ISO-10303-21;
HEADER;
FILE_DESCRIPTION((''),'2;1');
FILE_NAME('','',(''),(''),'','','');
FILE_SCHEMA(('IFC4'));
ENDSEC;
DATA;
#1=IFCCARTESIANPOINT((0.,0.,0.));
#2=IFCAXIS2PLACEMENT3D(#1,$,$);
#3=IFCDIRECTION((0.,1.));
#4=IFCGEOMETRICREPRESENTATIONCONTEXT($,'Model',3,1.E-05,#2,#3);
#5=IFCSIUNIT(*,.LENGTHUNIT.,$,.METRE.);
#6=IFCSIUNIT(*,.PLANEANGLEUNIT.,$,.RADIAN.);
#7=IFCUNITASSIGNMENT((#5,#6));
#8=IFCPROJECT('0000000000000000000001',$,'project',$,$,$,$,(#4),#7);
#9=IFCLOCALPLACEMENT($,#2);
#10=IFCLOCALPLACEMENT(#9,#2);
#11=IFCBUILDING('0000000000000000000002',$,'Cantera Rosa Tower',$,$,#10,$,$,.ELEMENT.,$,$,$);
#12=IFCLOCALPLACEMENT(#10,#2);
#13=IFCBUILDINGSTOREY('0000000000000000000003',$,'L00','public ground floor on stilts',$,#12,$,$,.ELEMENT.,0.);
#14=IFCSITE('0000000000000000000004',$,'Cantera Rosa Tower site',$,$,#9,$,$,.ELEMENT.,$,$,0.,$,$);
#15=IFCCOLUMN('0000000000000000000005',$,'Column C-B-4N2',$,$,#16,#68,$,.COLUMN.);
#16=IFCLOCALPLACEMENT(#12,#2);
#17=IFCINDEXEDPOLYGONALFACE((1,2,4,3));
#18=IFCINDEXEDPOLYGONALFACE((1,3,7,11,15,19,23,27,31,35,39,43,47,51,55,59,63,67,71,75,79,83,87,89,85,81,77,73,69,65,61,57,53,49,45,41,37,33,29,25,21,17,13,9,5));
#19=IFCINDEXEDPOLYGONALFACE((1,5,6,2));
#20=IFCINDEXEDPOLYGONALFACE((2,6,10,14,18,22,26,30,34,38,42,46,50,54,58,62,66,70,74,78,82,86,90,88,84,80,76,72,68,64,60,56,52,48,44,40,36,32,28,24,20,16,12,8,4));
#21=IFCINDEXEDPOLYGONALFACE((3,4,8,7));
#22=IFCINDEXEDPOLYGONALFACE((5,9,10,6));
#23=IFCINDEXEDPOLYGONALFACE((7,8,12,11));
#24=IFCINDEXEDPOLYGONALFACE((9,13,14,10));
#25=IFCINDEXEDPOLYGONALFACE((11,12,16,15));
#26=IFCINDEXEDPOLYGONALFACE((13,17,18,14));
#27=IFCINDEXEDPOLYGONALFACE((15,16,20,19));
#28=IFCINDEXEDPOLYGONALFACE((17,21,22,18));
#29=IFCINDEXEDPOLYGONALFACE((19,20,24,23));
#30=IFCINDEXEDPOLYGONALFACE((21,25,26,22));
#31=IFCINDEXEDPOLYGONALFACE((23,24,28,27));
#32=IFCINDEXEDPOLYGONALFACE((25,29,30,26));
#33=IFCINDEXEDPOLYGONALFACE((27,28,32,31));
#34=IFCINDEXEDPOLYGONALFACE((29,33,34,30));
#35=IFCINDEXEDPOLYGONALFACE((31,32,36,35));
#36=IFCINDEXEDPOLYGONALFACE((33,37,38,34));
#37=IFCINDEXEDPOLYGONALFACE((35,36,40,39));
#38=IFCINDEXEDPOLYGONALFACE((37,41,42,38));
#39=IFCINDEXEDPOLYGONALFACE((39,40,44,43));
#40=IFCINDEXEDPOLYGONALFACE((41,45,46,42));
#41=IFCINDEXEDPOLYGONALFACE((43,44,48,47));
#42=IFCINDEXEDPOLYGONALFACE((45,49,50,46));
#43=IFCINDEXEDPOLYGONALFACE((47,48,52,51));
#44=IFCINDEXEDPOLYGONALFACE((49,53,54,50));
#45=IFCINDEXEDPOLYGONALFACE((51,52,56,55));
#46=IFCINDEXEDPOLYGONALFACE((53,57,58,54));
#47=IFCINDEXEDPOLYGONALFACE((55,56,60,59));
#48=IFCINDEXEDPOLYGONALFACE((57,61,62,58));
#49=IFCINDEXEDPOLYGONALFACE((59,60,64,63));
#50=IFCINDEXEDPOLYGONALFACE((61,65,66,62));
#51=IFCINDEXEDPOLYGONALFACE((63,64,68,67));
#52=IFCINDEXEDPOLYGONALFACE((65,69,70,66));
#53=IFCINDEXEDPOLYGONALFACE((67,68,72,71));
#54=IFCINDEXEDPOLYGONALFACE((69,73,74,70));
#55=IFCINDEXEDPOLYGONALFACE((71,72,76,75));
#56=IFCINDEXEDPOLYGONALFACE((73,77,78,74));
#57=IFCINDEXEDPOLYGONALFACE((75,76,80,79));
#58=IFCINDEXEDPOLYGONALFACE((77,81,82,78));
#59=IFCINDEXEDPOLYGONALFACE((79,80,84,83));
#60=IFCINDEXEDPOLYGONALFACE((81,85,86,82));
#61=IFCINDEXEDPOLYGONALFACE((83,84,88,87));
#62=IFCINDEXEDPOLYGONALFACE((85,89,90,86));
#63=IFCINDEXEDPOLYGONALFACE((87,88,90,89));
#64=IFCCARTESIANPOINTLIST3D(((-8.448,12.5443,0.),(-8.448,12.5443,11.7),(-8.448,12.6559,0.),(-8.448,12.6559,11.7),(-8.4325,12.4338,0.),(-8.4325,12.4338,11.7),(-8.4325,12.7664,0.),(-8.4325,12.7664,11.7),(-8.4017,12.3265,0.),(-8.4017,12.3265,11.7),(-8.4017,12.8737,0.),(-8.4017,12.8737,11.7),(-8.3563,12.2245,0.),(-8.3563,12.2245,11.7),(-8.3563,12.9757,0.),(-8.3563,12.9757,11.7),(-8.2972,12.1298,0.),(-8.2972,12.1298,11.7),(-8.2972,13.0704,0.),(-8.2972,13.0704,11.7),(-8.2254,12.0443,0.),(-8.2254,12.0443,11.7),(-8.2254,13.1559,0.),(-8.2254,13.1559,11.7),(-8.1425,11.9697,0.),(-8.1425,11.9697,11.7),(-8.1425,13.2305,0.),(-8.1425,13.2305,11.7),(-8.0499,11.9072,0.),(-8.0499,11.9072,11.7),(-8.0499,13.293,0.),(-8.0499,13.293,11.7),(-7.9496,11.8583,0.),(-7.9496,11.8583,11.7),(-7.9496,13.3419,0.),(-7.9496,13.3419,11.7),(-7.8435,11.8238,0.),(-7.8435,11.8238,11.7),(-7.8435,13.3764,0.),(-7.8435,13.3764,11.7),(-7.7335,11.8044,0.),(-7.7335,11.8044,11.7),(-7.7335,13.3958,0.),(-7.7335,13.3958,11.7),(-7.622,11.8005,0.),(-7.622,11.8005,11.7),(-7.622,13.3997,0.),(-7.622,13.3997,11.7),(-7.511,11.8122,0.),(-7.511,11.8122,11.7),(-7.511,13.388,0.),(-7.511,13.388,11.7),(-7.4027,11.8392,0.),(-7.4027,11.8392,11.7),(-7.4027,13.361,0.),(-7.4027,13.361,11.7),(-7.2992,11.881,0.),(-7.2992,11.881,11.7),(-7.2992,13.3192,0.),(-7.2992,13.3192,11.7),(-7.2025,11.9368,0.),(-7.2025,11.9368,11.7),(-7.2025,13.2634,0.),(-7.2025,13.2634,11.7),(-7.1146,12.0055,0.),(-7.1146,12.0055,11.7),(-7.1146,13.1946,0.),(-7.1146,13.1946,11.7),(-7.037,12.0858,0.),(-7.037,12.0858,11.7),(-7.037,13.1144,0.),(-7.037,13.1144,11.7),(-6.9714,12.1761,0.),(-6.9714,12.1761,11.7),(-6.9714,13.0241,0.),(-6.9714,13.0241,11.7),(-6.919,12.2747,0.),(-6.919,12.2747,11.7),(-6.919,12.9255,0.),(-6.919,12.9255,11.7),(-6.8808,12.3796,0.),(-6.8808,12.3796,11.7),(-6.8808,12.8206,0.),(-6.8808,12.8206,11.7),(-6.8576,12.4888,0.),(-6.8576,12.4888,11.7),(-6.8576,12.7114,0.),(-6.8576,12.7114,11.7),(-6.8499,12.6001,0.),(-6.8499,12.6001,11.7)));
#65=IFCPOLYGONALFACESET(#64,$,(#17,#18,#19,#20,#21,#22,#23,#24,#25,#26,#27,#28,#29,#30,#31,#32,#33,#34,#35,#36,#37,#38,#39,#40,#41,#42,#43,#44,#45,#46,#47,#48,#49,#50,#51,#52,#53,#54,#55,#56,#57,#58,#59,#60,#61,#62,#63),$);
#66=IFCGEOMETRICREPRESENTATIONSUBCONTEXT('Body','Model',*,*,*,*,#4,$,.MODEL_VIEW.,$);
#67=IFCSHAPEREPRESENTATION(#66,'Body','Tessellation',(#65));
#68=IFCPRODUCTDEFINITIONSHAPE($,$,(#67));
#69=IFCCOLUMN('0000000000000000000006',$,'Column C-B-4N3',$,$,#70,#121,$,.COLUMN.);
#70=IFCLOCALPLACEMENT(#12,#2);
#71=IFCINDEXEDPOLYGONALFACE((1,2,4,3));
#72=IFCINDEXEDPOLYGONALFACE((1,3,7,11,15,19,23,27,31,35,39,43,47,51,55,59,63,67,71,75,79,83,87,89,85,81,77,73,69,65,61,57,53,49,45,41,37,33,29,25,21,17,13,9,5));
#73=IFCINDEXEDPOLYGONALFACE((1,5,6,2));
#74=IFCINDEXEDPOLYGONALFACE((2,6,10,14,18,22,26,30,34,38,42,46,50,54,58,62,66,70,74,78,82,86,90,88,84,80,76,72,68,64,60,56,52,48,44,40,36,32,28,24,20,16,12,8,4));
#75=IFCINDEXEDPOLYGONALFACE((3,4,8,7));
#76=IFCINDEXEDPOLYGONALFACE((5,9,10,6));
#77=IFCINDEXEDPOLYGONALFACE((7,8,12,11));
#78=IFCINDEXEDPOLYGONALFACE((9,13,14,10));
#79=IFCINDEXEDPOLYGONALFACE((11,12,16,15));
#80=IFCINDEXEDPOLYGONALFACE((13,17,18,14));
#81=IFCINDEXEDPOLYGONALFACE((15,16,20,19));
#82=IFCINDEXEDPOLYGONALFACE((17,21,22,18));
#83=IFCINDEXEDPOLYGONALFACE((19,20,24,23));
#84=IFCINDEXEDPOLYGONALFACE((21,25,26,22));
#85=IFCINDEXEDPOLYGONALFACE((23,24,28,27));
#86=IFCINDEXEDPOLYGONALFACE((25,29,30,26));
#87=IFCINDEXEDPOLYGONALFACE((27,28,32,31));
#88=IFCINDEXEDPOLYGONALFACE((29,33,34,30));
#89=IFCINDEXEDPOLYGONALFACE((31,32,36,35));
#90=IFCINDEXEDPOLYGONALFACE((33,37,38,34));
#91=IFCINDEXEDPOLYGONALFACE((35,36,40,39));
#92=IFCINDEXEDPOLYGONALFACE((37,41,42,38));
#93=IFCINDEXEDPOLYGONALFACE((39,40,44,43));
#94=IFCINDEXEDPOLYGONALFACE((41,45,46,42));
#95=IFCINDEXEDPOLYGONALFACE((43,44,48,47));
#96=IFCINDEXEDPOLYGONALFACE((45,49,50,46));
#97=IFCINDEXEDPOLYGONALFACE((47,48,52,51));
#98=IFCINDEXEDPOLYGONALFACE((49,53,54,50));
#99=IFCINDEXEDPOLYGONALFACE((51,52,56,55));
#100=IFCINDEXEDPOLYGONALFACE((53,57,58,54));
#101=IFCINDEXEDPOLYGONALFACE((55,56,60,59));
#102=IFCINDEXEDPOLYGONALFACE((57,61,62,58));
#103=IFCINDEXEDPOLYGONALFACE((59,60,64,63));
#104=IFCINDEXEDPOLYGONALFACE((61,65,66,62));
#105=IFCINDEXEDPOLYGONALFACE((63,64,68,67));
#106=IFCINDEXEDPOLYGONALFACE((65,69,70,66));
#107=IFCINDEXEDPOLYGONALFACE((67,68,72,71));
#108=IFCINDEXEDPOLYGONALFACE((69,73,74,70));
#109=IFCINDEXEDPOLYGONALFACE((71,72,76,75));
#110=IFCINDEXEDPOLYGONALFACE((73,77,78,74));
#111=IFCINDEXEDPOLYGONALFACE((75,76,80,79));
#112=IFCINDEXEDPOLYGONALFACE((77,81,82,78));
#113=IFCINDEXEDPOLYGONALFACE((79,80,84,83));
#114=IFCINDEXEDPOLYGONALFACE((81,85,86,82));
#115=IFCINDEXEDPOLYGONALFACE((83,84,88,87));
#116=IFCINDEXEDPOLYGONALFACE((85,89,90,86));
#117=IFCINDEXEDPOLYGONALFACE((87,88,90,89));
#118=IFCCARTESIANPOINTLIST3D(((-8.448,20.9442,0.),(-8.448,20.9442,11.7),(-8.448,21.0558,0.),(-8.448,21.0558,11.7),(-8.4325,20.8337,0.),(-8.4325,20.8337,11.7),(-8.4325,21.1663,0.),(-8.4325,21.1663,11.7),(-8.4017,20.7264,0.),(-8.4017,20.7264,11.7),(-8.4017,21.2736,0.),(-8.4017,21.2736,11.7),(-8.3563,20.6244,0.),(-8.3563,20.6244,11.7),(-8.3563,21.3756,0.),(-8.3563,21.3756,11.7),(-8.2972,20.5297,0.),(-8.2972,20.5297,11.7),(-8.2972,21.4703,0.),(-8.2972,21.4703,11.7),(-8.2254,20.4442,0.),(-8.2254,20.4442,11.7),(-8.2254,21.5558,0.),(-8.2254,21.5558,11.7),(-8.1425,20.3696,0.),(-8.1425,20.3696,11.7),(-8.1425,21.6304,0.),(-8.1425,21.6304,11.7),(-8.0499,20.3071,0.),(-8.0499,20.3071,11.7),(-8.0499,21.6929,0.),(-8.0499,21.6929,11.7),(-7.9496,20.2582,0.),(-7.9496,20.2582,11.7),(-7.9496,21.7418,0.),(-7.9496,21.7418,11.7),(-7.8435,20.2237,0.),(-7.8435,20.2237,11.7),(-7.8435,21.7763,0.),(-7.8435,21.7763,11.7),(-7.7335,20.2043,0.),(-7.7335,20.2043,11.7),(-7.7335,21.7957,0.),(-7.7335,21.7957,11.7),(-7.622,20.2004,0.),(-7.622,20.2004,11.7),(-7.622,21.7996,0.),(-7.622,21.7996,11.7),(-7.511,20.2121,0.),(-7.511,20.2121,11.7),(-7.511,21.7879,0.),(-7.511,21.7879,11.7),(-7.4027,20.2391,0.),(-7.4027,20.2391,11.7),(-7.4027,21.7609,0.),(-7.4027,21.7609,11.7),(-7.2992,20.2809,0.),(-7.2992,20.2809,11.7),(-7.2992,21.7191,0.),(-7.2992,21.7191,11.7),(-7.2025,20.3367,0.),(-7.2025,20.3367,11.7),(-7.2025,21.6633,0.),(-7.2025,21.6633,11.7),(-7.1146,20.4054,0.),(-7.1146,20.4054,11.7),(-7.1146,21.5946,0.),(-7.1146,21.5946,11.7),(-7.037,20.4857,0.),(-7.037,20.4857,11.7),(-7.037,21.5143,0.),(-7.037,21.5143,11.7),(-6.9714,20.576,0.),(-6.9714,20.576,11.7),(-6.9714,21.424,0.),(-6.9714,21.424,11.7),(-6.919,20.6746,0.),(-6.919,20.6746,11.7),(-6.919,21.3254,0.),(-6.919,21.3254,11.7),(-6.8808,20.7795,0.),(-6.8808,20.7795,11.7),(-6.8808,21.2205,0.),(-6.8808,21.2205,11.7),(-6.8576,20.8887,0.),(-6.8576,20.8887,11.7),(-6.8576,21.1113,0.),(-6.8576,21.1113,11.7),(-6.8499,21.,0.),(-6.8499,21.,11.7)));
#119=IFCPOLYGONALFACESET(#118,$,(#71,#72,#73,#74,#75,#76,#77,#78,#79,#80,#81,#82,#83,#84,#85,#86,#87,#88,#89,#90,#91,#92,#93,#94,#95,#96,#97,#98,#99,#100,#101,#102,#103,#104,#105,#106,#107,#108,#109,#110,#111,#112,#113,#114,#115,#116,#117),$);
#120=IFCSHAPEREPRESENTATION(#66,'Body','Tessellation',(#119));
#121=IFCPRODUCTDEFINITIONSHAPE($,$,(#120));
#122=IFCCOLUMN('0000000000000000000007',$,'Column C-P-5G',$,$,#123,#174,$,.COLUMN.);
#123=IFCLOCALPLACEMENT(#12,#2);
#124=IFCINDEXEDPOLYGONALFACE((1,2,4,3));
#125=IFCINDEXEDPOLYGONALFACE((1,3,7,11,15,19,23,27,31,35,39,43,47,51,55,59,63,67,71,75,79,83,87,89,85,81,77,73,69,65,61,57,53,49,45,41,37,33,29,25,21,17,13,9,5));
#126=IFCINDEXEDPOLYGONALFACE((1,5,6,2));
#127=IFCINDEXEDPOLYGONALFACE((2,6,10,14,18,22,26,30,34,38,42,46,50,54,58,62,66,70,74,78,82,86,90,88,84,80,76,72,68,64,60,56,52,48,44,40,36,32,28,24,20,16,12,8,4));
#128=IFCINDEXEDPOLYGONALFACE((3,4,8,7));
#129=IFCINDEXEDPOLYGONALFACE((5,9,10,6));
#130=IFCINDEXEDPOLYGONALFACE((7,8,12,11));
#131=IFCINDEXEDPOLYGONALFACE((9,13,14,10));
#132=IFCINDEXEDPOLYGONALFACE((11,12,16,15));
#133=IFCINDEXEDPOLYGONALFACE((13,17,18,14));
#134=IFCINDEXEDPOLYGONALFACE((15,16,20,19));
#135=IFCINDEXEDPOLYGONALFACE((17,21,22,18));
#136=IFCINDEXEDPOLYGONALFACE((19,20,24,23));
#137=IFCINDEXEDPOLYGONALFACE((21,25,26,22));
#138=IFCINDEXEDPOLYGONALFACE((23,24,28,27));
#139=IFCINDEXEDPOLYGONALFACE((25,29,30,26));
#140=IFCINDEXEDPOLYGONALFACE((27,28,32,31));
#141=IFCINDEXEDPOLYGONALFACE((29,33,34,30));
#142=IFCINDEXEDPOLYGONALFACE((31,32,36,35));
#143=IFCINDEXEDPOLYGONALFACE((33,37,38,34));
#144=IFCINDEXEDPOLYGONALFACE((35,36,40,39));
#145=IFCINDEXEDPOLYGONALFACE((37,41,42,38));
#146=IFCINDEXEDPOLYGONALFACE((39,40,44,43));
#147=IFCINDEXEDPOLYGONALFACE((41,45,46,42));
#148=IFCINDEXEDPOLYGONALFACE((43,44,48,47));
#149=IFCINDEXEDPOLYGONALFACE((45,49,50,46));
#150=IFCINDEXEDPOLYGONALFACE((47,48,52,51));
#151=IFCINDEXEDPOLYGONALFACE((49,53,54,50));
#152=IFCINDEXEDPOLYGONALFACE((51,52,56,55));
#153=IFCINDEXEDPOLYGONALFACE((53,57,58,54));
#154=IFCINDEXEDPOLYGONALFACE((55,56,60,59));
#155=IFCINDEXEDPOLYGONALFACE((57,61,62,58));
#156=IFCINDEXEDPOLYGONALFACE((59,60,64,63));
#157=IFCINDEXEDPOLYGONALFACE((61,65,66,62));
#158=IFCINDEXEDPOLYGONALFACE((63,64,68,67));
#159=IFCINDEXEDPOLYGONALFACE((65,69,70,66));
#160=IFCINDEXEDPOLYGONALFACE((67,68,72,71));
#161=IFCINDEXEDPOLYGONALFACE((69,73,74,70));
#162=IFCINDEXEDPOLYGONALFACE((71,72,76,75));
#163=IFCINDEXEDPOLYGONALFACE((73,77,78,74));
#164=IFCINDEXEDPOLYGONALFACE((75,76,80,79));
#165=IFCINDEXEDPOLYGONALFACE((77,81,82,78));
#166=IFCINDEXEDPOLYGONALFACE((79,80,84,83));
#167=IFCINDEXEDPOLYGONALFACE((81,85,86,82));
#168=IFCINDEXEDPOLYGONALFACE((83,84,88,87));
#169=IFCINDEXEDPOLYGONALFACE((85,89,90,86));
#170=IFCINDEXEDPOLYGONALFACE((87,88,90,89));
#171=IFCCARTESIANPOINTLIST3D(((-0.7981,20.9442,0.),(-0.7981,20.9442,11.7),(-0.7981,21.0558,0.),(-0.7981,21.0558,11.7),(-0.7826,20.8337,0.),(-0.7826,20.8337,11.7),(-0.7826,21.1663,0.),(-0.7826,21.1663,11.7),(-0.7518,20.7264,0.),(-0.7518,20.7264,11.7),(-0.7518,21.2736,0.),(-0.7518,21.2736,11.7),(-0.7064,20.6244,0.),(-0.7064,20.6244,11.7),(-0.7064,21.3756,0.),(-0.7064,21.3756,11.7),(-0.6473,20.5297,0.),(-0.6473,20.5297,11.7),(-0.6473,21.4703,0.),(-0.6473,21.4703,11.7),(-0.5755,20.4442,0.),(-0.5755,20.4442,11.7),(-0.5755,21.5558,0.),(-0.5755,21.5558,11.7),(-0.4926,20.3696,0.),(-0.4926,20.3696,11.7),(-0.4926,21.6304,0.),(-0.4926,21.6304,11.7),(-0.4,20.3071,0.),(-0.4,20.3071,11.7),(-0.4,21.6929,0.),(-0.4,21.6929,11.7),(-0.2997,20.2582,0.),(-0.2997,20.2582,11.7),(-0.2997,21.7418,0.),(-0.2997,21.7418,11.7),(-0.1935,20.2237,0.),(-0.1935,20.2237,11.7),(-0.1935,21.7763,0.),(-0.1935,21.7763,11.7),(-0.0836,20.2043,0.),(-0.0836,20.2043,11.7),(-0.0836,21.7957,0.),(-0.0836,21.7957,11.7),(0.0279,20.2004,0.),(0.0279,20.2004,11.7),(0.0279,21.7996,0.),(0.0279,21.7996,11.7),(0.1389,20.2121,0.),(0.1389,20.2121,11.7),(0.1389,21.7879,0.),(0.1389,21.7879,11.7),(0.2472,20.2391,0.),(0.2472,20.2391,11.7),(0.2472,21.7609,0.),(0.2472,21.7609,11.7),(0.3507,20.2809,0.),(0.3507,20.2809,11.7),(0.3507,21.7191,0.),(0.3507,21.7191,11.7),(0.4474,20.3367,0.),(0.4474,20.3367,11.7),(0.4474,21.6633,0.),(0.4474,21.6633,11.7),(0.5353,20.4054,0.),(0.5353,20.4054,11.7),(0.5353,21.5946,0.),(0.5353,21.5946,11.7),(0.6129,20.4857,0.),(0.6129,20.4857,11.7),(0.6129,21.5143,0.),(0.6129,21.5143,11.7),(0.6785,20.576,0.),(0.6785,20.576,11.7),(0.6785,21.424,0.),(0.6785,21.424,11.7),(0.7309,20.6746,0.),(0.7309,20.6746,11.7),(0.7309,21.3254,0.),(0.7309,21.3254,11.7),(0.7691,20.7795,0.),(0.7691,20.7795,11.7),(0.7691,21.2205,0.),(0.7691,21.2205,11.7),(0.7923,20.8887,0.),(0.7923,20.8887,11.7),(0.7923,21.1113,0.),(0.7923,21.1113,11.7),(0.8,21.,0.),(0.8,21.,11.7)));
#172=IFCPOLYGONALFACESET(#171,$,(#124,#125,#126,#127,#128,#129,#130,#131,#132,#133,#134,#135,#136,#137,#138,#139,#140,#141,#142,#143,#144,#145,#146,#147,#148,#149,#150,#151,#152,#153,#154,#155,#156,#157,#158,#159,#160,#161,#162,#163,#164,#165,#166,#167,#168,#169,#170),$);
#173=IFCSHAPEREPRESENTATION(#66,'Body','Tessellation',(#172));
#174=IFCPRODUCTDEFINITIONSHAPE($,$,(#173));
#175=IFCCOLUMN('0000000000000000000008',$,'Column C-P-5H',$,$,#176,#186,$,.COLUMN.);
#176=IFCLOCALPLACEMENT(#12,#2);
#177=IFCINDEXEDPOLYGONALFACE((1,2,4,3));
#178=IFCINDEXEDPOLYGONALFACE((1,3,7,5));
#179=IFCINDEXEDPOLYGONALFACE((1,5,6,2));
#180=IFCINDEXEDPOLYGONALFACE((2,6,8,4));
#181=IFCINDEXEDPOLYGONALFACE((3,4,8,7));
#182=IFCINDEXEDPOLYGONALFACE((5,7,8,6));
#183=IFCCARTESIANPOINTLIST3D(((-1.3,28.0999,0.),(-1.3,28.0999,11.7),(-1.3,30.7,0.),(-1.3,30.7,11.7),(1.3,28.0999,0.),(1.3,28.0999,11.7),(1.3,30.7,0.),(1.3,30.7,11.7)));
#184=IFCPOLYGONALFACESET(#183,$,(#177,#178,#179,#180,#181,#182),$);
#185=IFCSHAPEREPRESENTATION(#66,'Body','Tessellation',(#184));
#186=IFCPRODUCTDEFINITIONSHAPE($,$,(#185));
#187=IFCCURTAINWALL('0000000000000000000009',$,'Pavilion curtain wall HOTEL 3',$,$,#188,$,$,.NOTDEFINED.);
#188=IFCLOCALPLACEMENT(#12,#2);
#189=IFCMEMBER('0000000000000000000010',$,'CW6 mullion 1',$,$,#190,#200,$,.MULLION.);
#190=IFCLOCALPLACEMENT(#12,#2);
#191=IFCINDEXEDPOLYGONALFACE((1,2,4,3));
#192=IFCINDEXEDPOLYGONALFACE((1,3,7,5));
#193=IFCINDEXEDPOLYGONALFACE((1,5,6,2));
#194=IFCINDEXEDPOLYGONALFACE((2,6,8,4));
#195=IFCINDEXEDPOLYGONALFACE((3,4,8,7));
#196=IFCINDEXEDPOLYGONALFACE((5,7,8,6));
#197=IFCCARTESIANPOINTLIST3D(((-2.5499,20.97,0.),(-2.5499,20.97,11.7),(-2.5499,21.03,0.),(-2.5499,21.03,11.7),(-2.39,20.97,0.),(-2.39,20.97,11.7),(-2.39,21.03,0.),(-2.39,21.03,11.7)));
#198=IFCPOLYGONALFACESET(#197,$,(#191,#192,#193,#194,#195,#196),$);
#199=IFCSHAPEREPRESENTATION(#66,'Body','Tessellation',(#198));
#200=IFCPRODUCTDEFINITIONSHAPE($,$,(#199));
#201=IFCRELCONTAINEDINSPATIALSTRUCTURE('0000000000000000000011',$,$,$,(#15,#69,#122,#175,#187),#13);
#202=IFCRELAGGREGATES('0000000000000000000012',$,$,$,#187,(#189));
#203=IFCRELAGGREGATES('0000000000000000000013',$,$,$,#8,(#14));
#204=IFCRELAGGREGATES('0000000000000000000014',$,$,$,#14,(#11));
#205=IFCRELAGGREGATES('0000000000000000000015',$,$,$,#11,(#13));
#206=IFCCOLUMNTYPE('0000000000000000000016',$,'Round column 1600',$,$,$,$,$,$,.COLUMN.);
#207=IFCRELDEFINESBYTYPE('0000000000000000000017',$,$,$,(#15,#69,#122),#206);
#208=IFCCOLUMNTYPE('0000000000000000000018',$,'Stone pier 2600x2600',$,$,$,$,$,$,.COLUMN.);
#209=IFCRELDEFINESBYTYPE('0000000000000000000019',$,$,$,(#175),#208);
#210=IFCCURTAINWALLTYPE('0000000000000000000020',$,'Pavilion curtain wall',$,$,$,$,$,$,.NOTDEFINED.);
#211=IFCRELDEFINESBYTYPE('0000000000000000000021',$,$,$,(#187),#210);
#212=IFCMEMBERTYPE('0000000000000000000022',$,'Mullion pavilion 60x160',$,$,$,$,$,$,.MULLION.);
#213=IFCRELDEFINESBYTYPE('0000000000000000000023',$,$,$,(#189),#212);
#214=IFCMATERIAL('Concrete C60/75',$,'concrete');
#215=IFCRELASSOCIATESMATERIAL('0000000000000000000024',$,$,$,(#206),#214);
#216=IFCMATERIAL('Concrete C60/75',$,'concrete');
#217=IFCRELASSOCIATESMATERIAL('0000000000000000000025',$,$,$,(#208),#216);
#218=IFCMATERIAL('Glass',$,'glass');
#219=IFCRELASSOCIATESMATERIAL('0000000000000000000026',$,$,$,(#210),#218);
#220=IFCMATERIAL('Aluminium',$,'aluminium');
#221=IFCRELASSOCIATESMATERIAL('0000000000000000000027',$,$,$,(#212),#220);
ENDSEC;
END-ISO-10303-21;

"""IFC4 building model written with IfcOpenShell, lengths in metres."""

from ifc_helpers import new_model, si_unit, direction, frame, origin, origin_2d, place, context, subcontext, project, spatial, rectangle, circle, extrude, material, material_profile, profile_set, type_object, element, aggregate, save


model = new_model("IFC4")

# Units and contexts
model_context = context("Model", 3, precision=1e-05, world=origin(), true_north=direction((0.0, 1.0)))
body_context = subcontext(model_context, "Body", "Model", "MODEL_VIEW")
ifc_project = project(units=[si_unit("LENGTHUNIT", "METRE"), si_unit("PLANEANGLEUNIT", "RADIAN")], contexts=[model_context])

# Site, building, storey
site_placement = place(None, origin())
site = spatial("IfcSite", under=ifc_project, at=site_placement, Name="Cantera Rosa Tower site", CompositionType="ELEMENT", RefElevation=0.0)
building_placement = place(site_placement, origin())
building = spatial("IfcBuilding", under=site, at=building_placement, Name="Cantera Rosa Tower", CompositionType="ELEMENT")
storey_placement = place(building_placement, origin())
storey = spatial("IfcBuildingStorey", under=building, at=storey_placement, Name="L00", Description="public ground floor on stilts", CompositionType="ELEMENT", Elevation=0.0)

# Columns
ifc_material_1 = material(Name="Concrete C60/75", Category="concrete")
ifc_material_profile_1 = material_profile(ifc_material_1, circle(Radius=0.8, at=origin_2d()), Name="Round column 1600")
ifc_profile_set_1 = profile_set([ifc_material_profile_1], Name="Concrete C60/75")
column_type_1 = type_object("IfcColumnType", Name="Round column 1600", PredefinedType="COLUMN", material=ifc_profile_set_1)
for number, where, z_axis, x_axis, name in (
    (1, (-7.6499, 12.6001, 0.0), (0.0, 0.0, 1.0), (1.0, 0.0, 0.0), "Column C-B-4N2"),
    (2, (-7.6499, 21.0, 0.0), (0.0, 0.0, 1.0), (1.0, 0.0, 0.0), "Column C-B-4N3"),
    (3, (0.0, 21.0, 0.0), (0.0, 0.0, 1.0), (1.0, 0.0, 0.0), "Column C-P-5G"),
):
    element("IfcColumn", number, at=place(storey_placement, frame(where, z_axis=z_axis, x_axis=x_axis)), inside=storey, type_object=column_type_1, Name=name, PredefinedType="COLUMN", context=body_context, shape_type="SweptSolid", body=[
        extrude(circle(Radius=0.8, at=origin_2d()), origin(), (0.0, 0.0, 1.0), 11.7),
    ])
ifc_material_2 = material(Name="Concrete C60/75", Category="concrete")
ifc_material_profile_2 = material_profile(ifc_material_2, rectangle(XDim=2.6001, YDim=2.6001, at=origin_2d()), Name="Stone pier 2600x2600")
ifc_profile_set_2 = profile_set([ifc_material_profile_2], Name="Concrete C60/75")
column_type_2 = type_object("IfcColumnType", Name="Stone pier 2600x2600", PredefinedType="COLUMN", material=ifc_profile_set_2)
column_placement = place(storey_placement, frame((0.0, 29.3999, 0.0), z_axis=(0.0, 0.0, 1.0), x_axis=(1.0, 0.0, 0.0)))
element("IfcColumn", 4, at=column_placement, inside=storey, type_object=column_type_2, Name="Column C-P-5H", PredefinedType="COLUMN", context=body_context, shape_type="SweptSolid", body=[
    extrude(rectangle(XDim=2.6001, YDim=2.6001, at=origin_2d()), origin(), (0.0, 0.0, 1.0), 11.7),
])

# Curtain wall, member
ifc_material_3 = material(Name="Glass", Category="glass")
curtain_wall_type = type_object("IfcCurtainWallType", Name="Pavilion curtain wall", PredefinedType="NOTDEFINED", material=ifc_material_3)
curtain_wall_1_placement = place(storey_placement, origin())
curtain_wall_1 = element("IfcCurtainWall", 5, at=curtain_wall_1_placement, inside=storey, type_object=curtain_wall_type, Name="Pavilion curtain wall HOTEL 3", PredefinedType="NOTDEFINED")
ifc_material_4 = material(Name="Aluminium", Category="aluminium")
ifc_material_profile_3 = material_profile(ifc_material_4, rectangle(XDim=0.0601, YDim=0.1599, at=origin_2d()), Name="Mullion pavilion 60x160")
ifc_profile_set_3 = profile_set([ifc_material_profile_3], Name="Aluminium")
member_type_1 = type_object("IfcMemberType", Name="Mullion pavilion 60x160", PredefinedType="MULLION", material=ifc_profile_set_3)
member_1_placement = place(storey_placement, frame((-2.47, 21.0, 0.0), z_axis=(0.0, 0.0, 1.0), x_axis=(0.0, 1.0, 0.0)))
member_1 = element("IfcMember", 6, at=member_1_placement, type_object=member_type_1, Name="CW6 mullion 1", PredefinedType="MULLION", context=body_context, shape_type="SweptSolid", body=[
    extrude(rectangle(XDim=0.0601, YDim=0.1599, at=origin_2d()), origin(), (0.0, 0.0, 1.0), 11.7),
])

aggregate(curtain_wall_1, [member_1])

save(model, "model.ifc")
